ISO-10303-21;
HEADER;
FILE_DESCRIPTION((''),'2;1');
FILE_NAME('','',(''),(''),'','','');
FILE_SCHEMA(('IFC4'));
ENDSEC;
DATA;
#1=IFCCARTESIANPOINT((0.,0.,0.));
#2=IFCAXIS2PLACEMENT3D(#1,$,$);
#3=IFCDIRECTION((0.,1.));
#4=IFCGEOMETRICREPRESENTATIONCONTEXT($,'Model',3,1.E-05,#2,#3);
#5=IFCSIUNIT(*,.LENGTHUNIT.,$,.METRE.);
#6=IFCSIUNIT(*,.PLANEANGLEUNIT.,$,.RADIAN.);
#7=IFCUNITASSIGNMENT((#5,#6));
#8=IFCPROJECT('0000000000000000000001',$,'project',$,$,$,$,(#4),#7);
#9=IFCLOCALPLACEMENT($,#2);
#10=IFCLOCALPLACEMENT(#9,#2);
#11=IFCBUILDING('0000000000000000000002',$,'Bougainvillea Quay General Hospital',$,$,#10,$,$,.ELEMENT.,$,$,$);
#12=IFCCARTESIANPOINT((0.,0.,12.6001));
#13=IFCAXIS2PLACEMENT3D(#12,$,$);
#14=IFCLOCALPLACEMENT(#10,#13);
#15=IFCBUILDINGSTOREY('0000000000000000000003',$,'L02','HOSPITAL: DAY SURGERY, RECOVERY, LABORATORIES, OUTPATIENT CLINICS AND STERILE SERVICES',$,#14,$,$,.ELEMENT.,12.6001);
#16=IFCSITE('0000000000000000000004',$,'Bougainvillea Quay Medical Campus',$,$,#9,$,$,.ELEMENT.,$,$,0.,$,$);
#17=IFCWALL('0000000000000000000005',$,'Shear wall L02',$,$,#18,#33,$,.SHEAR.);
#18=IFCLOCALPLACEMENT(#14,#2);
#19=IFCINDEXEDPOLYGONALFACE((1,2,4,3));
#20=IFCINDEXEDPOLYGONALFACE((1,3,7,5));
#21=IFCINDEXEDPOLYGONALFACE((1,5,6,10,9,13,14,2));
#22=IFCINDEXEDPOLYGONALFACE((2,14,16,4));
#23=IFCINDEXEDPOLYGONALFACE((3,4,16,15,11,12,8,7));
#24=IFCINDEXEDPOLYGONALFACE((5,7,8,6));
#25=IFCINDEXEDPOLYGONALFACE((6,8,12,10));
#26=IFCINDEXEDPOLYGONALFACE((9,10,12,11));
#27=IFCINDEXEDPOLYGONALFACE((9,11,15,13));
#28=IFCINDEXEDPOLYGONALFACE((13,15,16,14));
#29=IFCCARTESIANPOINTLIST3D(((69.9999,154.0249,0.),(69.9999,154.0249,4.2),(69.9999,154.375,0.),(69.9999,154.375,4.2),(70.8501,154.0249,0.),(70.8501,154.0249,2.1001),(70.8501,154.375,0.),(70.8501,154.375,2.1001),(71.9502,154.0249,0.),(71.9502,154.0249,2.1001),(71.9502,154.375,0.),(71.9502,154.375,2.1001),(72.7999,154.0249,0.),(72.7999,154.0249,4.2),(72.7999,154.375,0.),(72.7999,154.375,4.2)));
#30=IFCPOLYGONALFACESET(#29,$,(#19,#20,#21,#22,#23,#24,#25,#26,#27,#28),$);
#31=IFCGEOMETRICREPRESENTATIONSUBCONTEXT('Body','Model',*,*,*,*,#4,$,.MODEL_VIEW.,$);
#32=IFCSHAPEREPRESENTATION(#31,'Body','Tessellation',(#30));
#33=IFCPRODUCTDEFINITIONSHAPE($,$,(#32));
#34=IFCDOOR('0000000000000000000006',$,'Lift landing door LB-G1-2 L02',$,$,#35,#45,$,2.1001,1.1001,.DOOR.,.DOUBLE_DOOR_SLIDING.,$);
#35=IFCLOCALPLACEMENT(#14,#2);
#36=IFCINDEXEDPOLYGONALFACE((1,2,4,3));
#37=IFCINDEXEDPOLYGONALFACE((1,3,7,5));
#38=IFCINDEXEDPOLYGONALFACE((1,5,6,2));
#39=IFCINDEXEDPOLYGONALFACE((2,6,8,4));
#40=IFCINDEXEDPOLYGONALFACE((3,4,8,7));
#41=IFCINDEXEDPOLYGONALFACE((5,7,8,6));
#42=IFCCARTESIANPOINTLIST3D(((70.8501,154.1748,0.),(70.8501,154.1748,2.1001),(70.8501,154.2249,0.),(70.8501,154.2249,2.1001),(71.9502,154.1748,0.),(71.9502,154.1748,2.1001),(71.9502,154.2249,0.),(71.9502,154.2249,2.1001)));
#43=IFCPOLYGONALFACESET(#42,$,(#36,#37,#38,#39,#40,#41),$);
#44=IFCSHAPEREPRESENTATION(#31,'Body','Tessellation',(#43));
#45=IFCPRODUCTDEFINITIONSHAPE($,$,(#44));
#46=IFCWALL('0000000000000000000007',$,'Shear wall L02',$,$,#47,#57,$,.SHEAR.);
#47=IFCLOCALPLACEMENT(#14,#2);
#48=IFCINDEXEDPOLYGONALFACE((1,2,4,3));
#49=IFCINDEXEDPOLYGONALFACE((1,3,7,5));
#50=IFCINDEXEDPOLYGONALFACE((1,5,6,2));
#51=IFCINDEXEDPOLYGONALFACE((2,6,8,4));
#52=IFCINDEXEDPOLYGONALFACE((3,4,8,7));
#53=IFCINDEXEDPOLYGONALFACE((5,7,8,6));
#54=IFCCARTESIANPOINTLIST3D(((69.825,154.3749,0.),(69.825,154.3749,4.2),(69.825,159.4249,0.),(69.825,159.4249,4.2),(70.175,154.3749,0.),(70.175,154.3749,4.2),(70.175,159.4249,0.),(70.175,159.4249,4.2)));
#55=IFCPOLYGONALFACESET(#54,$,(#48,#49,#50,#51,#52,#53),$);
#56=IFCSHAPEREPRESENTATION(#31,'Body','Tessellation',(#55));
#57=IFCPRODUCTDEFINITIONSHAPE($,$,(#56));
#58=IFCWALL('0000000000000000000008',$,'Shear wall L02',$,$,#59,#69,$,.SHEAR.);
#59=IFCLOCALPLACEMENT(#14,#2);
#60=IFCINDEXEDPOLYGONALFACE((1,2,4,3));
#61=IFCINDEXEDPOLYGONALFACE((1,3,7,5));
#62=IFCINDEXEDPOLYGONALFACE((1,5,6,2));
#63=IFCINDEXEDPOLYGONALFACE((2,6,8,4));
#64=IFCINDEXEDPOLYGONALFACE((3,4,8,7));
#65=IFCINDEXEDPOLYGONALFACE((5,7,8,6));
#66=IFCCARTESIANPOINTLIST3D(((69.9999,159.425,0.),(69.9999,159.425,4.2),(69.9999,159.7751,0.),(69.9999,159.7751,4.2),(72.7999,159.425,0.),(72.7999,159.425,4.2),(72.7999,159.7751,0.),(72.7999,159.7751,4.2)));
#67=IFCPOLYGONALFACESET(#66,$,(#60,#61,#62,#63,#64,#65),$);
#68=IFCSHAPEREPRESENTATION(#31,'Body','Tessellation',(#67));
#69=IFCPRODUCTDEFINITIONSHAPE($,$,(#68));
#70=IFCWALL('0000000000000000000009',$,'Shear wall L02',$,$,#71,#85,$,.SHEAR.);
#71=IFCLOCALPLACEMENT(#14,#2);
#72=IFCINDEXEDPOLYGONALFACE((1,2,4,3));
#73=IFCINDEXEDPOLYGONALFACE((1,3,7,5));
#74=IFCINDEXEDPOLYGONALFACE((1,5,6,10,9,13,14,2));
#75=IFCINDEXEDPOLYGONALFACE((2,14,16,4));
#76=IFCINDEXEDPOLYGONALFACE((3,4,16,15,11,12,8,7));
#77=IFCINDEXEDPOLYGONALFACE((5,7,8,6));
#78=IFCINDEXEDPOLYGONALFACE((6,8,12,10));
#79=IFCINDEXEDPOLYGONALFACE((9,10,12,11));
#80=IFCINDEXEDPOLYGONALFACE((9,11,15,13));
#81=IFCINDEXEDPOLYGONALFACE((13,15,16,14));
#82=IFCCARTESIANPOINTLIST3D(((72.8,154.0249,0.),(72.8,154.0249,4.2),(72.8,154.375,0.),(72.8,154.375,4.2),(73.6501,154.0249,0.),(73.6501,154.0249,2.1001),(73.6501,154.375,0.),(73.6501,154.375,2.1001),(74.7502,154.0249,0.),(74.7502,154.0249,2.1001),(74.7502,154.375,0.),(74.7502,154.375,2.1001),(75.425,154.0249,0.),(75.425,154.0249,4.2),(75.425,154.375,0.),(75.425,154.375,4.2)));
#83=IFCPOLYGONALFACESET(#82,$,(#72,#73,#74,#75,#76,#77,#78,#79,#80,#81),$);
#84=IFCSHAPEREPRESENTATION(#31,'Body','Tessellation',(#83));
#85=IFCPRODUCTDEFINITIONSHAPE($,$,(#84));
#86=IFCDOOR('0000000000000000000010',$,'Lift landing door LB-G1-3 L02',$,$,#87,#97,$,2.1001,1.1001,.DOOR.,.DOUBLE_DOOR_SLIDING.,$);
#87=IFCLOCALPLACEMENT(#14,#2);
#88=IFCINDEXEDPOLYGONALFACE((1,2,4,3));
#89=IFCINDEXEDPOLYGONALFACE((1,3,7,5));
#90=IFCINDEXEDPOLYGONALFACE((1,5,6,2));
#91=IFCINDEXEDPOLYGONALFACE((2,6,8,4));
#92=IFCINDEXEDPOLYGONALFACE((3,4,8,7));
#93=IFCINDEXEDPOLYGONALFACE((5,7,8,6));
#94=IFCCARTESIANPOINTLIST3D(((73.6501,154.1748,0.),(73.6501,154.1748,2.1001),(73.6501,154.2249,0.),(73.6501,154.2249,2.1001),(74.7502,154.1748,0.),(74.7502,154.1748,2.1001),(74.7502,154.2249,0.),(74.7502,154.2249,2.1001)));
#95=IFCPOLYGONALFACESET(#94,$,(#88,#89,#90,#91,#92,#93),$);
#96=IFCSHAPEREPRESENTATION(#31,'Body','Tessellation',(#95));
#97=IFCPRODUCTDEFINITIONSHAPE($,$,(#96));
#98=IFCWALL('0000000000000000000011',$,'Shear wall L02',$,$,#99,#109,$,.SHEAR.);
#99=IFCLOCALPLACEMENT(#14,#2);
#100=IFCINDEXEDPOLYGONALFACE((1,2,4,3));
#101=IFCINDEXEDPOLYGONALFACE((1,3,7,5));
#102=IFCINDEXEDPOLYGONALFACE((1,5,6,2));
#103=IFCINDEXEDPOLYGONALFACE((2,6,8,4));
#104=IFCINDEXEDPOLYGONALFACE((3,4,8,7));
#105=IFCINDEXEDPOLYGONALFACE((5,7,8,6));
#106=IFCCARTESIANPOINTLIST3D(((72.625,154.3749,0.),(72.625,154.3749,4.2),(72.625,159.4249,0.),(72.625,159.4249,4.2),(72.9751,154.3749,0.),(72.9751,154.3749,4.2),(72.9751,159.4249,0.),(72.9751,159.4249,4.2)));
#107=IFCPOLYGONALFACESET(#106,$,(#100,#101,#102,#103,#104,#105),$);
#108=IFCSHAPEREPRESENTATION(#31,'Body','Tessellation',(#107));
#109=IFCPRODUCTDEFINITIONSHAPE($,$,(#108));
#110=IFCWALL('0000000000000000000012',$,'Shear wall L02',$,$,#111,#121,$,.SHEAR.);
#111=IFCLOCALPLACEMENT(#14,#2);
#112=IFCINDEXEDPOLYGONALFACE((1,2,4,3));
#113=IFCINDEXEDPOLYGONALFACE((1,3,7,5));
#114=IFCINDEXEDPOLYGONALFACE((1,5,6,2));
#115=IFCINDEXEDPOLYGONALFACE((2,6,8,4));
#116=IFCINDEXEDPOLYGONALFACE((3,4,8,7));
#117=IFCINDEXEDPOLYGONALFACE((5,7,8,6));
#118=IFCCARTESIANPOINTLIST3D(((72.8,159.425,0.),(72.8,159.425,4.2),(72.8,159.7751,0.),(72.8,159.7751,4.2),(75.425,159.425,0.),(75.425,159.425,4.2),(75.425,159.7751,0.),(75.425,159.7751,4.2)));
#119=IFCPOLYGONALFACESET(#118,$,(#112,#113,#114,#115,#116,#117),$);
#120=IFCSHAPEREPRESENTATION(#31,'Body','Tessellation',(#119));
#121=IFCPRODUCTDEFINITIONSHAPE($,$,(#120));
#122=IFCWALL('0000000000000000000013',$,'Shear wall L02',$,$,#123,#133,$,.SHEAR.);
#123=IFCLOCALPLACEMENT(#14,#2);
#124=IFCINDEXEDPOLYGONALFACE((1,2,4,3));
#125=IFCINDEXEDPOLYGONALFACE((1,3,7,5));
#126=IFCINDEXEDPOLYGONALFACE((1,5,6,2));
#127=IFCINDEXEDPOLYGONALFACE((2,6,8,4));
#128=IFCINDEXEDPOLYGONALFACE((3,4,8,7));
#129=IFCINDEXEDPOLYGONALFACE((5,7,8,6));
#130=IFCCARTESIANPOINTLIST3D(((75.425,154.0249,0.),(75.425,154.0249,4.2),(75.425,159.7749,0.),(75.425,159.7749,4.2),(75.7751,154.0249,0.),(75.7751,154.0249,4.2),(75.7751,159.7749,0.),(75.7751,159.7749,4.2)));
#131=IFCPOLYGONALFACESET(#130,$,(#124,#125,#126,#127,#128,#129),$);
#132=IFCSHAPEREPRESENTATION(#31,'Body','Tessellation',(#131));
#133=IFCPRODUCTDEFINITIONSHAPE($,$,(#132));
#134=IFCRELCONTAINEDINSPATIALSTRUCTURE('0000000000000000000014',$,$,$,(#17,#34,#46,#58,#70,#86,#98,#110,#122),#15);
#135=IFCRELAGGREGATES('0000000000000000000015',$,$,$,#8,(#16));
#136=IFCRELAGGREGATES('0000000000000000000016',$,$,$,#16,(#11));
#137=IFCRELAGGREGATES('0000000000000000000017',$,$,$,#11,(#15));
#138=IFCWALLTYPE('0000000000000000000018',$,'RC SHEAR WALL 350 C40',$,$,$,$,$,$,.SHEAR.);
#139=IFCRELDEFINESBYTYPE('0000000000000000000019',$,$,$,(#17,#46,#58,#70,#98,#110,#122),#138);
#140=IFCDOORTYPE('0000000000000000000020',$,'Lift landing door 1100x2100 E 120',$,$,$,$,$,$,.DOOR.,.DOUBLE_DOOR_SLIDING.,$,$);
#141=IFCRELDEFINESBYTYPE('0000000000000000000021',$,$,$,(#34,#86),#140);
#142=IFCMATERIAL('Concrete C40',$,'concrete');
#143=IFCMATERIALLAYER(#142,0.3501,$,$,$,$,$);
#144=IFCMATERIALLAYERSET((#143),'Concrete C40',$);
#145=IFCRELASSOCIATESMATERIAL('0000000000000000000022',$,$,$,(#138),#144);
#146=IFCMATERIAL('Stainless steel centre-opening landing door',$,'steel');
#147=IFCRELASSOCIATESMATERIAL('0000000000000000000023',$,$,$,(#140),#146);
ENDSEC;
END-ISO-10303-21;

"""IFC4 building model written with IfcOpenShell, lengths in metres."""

from ifc_helpers import new_model, si_unit, direction, frame, frame_2d, origin, place, context, subcontext, project, spatial, rectangle, extrude, material, layer, layer_set, type_object, element, fill, save


model = new_model("IFC4")

# Units and contexts
model_context = context("Model", 3, precision=1e-05, world=origin(), true_north=direction((0.0, 1.0)))
body_context = subcontext(model_context, "Body", "Model", "MODEL_VIEW")
ifc_project = project(units=[si_unit("LENGTHUNIT", "METRE"), si_unit("PLANEANGLEUNIT", "RADIAN")], contexts=[model_context])

# Site, building, storey
site_placement = place(None, origin())
site = spatial("IfcSite", under=ifc_project, at=site_placement, Name="Bougainvillea Quay Medical Campus", CompositionType="ELEMENT", RefElevation=0.0)
building_placement = place(site_placement, origin())
building = spatial("IfcBuilding", under=site, at=building_placement, Name="Bougainvillea Quay General Hospital", CompositionType="ELEMENT")
storey_placement = place(building_placement, frame((0.0, 0.0, 12.6001)))
storey = spatial("IfcBuildingStorey", under=building, at=storey_placement, Name="L02", Description="HOSPITAL: DAY SURGERY, RECOVERY, LABORATORIES, OUTPATIENT CLINICS AND STERILE SERVICES", CompositionType="ELEMENT", Elevation=12.6001)

# Shared definitions
ifc_material_1 = material(Name="Concrete C40", Category="concrete")

# Shared definitions
ifc_layer_1 = layer(ifc_material_1, 0.3501)
ifc_layer_set_1 = layer_set([ifc_layer_1], Name="Concrete C40")
wall_type_1 = type_object("IfcWallType", Name="RC SHEAR WALL 350 C40", PredefinedType="SHEAR", material=ifc_layer_set_1)
ifc_material_2 = material(Name="Stainless steel centre-opening landing door", Category="steel")
door_type_1 = type_object("IfcDoorType", Name="Lift landing door 1100x2100 E 120", OperationType="DOUBLE_DOOR_SLIDING", PredefinedType="DOOR", material=ifc_material_2)

# Wall, opening, door
wall_1_placement = place(storey_placement, frame((70.0, 154.2, 0.0), z_axis=(0.0, 0.0, 1.0), x_axis=(1.0, 0.0, 0.0)))
wall_1 = element("IfcWall", 1, at=wall_1_placement, inside=storey, type_object=wall_type_1, Name="Shear wall L02", PredefinedType="SHEAR", context=body_context, shape_type="SweptSolid", body=[
    extrude(rectangle(XDim=2.8, YDim=0.3501, at=frame_2d((1.3999, 0.0))), origin(), (0.0, 0.0, 1.0), 4.2),
])
opening_1_placement = place(wall_1_placement, frame((0.8501, 0.0, 0.0)))
opening_1 = element("IfcOpeningElement", 2, at=opening_1_placement, cuts=wall_1, PredefinedType="OPENING", context=body_context, shape_type="SweptSolid", body=[
    extrude(rectangle(XDim=1.1001, YDim=2.1001, at=frame_2d((0.55, 1.05))), frame((0.0, 0.1851, 0.0), z_axis=(0.0, -1.0, 0.0), x_axis=(1.0, 0.0, 0.0)), (0.0, 0.0, 1.0), 0.3701),
])
door_1_placement = place(opening_1_placement, origin())
door_1 = element("IfcDoor", 3, at=door_1_placement, inside=storey, type_object=door_type_1, Name="Lift landing door LB-G1-2 L02", OperationType="DOUBLE_DOOR_SLIDING", OverallHeight=2.1001, OverallWidth=1.1001, PredefinedType="DOOR", context=body_context, shape_type="SweptSolid", body=[
    extrude(rectangle(XDim=1.1001, YDim=2.1001, at=frame_2d((0.55, 1.05))), frame((0.0, 0.0249, 0.0), z_axis=(0.0, -1.0, 0.0), x_axis=(1.0, 0.0, 0.0)), (0.0, 0.0, 1.0), 0.05),
])
fill(opening_1, door_1)

# Walls
wall_2_placement = place(storey_placement, frame((70.0, 154.375, 0.0), z_axis=(0.0, 0.0, 1.0), x_axis=(0.0, 1.0, 0.0)))
element("IfcWall", 4, at=wall_2_placement, inside=storey, type_object=wall_type_1, Name="Shear wall L02", PredefinedType="SHEAR", context=body_context, shape_type="SweptSolid", body=[
    extrude(rectangle(XDim=5.05, YDim=0.3501, at=frame_2d((2.5249, 0.0))), origin(), (0.0, 0.0, 1.0), 4.2),
])
wall_3_placement = place(storey_placement, frame((70.0, 159.6001, 0.0), z_axis=(0.0, 0.0, 1.0), x_axis=(1.0, 0.0, 0.0)))
element("IfcWall", 5, at=wall_3_placement, inside=storey, type_object=wall_type_1, Name="Shear wall L02", PredefinedType="SHEAR", context=body_context, shape_type="SweptSolid", body=[
    extrude(rectangle(XDim=2.8, YDim=0.3501, at=frame_2d((1.3999, 0.0))), origin(), (0.0, 0.0, 1.0), 4.2),
])

# Wall, opening, door
wall_4_placement = place(storey_placement, frame((72.8, 154.2, 0.0), z_axis=(0.0, 0.0, 1.0), x_axis=(1.0, 0.0, 0.0)))
wall_4 = element("IfcWall", 6, at=wall_4_placement, inside=storey, type_object=wall_type_1, Name="Shear wall L02", PredefinedType="SHEAR", context=body_context, shape_type="SweptSolid", body=[
    extrude(rectangle(XDim=2.625, YDim=0.3501, at=frame_2d((1.3125, 0.0))), origin(), (0.0, 0.0, 1.0), 4.2),
])
opening_2_placement = place(wall_4_placement, frame((0.8501, 0.0, 0.0)))
opening_2 = element("IfcOpeningElement", 7, at=opening_2_placement, cuts=wall_4, PredefinedType="OPENING", context=body_context, shape_type="SweptSolid", body=[
    extrude(rectangle(XDim=1.1001, YDim=2.1001, at=frame_2d((0.55, 1.05))), frame((0.0, 0.1851, 0.0), z_axis=(0.0, -1.0, 0.0), x_axis=(1.0, 0.0, 0.0)), (0.0, 0.0, 1.0), 0.3701),
])
door_2_placement = place(opening_2_placement, origin())
door_2 = element("IfcDoor", 8, at=door_2_placement, inside=storey, type_object=door_type_1, Name="Lift landing door LB-G1-3 L02", OperationType="DOUBLE_DOOR_SLIDING", OverallHeight=2.1001, OverallWidth=1.1001, PredefinedType="DOOR", context=body_context, shape_type="SweptSolid", body=[
    extrude(rectangle(XDim=1.1001, YDim=2.1001, at=frame_2d((0.55, 1.05))), frame((0.0, 0.0249, 0.0), z_axis=(0.0, -1.0, 0.0), x_axis=(1.0, 0.0, 0.0)), (0.0, 0.0, 1.0), 0.05),
])
fill(opening_2, door_2)

# Walls
wall_5_placement = place(storey_placement, frame((72.8, 154.375, 0.0), z_axis=(0.0, 0.0, 1.0), x_axis=(0.0, 1.0, 0.0)))
element("IfcWall", 9, at=wall_5_placement, inside=storey, type_object=wall_type_1, Name="Shear wall L02", PredefinedType="SHEAR", context=body_context, shape_type="SweptSolid", body=[
    extrude(rectangle(XDim=5.05, YDim=0.3501, at=frame_2d((2.5249, 0.0))), origin(), (0.0, 0.0, 1.0), 4.2),
])
wall_6_placement = place(storey_placement, frame((72.8, 159.6001, 0.0), z_axis=(0.0, 0.0, 1.0), x_axis=(1.0, 0.0, 0.0)))
element("IfcWall", 10, at=wall_6_placement, inside=storey, type_object=wall_type_1, Name="Shear wall L02", PredefinedType="SHEAR", context=body_context, shape_type="SweptSolid", body=[
    extrude(rectangle(XDim=2.625, YDim=0.3501, at=frame_2d((1.3125, 0.0))), origin(), (0.0, 0.0, 1.0), 4.2),
])
wall_7_placement = place(storey_placement, frame((75.6001, 154.0249, 0.0), z_axis=(0.0, 0.0, 1.0), x_axis=(0.0, 1.0, 0.0)))
element("IfcWall", 11, at=wall_7_placement, inside=storey, type_object=wall_type_1, Name="Shear wall L02", PredefinedType="SHEAR", context=body_context, shape_type="SweptSolid", body=[
    extrude(rectangle(XDim=5.75, YDim=0.3501, at=frame_2d((2.875, 0.0))), origin(), (0.0, 0.0, 1.0), 4.2),
])

save(model, "model.ifc")
